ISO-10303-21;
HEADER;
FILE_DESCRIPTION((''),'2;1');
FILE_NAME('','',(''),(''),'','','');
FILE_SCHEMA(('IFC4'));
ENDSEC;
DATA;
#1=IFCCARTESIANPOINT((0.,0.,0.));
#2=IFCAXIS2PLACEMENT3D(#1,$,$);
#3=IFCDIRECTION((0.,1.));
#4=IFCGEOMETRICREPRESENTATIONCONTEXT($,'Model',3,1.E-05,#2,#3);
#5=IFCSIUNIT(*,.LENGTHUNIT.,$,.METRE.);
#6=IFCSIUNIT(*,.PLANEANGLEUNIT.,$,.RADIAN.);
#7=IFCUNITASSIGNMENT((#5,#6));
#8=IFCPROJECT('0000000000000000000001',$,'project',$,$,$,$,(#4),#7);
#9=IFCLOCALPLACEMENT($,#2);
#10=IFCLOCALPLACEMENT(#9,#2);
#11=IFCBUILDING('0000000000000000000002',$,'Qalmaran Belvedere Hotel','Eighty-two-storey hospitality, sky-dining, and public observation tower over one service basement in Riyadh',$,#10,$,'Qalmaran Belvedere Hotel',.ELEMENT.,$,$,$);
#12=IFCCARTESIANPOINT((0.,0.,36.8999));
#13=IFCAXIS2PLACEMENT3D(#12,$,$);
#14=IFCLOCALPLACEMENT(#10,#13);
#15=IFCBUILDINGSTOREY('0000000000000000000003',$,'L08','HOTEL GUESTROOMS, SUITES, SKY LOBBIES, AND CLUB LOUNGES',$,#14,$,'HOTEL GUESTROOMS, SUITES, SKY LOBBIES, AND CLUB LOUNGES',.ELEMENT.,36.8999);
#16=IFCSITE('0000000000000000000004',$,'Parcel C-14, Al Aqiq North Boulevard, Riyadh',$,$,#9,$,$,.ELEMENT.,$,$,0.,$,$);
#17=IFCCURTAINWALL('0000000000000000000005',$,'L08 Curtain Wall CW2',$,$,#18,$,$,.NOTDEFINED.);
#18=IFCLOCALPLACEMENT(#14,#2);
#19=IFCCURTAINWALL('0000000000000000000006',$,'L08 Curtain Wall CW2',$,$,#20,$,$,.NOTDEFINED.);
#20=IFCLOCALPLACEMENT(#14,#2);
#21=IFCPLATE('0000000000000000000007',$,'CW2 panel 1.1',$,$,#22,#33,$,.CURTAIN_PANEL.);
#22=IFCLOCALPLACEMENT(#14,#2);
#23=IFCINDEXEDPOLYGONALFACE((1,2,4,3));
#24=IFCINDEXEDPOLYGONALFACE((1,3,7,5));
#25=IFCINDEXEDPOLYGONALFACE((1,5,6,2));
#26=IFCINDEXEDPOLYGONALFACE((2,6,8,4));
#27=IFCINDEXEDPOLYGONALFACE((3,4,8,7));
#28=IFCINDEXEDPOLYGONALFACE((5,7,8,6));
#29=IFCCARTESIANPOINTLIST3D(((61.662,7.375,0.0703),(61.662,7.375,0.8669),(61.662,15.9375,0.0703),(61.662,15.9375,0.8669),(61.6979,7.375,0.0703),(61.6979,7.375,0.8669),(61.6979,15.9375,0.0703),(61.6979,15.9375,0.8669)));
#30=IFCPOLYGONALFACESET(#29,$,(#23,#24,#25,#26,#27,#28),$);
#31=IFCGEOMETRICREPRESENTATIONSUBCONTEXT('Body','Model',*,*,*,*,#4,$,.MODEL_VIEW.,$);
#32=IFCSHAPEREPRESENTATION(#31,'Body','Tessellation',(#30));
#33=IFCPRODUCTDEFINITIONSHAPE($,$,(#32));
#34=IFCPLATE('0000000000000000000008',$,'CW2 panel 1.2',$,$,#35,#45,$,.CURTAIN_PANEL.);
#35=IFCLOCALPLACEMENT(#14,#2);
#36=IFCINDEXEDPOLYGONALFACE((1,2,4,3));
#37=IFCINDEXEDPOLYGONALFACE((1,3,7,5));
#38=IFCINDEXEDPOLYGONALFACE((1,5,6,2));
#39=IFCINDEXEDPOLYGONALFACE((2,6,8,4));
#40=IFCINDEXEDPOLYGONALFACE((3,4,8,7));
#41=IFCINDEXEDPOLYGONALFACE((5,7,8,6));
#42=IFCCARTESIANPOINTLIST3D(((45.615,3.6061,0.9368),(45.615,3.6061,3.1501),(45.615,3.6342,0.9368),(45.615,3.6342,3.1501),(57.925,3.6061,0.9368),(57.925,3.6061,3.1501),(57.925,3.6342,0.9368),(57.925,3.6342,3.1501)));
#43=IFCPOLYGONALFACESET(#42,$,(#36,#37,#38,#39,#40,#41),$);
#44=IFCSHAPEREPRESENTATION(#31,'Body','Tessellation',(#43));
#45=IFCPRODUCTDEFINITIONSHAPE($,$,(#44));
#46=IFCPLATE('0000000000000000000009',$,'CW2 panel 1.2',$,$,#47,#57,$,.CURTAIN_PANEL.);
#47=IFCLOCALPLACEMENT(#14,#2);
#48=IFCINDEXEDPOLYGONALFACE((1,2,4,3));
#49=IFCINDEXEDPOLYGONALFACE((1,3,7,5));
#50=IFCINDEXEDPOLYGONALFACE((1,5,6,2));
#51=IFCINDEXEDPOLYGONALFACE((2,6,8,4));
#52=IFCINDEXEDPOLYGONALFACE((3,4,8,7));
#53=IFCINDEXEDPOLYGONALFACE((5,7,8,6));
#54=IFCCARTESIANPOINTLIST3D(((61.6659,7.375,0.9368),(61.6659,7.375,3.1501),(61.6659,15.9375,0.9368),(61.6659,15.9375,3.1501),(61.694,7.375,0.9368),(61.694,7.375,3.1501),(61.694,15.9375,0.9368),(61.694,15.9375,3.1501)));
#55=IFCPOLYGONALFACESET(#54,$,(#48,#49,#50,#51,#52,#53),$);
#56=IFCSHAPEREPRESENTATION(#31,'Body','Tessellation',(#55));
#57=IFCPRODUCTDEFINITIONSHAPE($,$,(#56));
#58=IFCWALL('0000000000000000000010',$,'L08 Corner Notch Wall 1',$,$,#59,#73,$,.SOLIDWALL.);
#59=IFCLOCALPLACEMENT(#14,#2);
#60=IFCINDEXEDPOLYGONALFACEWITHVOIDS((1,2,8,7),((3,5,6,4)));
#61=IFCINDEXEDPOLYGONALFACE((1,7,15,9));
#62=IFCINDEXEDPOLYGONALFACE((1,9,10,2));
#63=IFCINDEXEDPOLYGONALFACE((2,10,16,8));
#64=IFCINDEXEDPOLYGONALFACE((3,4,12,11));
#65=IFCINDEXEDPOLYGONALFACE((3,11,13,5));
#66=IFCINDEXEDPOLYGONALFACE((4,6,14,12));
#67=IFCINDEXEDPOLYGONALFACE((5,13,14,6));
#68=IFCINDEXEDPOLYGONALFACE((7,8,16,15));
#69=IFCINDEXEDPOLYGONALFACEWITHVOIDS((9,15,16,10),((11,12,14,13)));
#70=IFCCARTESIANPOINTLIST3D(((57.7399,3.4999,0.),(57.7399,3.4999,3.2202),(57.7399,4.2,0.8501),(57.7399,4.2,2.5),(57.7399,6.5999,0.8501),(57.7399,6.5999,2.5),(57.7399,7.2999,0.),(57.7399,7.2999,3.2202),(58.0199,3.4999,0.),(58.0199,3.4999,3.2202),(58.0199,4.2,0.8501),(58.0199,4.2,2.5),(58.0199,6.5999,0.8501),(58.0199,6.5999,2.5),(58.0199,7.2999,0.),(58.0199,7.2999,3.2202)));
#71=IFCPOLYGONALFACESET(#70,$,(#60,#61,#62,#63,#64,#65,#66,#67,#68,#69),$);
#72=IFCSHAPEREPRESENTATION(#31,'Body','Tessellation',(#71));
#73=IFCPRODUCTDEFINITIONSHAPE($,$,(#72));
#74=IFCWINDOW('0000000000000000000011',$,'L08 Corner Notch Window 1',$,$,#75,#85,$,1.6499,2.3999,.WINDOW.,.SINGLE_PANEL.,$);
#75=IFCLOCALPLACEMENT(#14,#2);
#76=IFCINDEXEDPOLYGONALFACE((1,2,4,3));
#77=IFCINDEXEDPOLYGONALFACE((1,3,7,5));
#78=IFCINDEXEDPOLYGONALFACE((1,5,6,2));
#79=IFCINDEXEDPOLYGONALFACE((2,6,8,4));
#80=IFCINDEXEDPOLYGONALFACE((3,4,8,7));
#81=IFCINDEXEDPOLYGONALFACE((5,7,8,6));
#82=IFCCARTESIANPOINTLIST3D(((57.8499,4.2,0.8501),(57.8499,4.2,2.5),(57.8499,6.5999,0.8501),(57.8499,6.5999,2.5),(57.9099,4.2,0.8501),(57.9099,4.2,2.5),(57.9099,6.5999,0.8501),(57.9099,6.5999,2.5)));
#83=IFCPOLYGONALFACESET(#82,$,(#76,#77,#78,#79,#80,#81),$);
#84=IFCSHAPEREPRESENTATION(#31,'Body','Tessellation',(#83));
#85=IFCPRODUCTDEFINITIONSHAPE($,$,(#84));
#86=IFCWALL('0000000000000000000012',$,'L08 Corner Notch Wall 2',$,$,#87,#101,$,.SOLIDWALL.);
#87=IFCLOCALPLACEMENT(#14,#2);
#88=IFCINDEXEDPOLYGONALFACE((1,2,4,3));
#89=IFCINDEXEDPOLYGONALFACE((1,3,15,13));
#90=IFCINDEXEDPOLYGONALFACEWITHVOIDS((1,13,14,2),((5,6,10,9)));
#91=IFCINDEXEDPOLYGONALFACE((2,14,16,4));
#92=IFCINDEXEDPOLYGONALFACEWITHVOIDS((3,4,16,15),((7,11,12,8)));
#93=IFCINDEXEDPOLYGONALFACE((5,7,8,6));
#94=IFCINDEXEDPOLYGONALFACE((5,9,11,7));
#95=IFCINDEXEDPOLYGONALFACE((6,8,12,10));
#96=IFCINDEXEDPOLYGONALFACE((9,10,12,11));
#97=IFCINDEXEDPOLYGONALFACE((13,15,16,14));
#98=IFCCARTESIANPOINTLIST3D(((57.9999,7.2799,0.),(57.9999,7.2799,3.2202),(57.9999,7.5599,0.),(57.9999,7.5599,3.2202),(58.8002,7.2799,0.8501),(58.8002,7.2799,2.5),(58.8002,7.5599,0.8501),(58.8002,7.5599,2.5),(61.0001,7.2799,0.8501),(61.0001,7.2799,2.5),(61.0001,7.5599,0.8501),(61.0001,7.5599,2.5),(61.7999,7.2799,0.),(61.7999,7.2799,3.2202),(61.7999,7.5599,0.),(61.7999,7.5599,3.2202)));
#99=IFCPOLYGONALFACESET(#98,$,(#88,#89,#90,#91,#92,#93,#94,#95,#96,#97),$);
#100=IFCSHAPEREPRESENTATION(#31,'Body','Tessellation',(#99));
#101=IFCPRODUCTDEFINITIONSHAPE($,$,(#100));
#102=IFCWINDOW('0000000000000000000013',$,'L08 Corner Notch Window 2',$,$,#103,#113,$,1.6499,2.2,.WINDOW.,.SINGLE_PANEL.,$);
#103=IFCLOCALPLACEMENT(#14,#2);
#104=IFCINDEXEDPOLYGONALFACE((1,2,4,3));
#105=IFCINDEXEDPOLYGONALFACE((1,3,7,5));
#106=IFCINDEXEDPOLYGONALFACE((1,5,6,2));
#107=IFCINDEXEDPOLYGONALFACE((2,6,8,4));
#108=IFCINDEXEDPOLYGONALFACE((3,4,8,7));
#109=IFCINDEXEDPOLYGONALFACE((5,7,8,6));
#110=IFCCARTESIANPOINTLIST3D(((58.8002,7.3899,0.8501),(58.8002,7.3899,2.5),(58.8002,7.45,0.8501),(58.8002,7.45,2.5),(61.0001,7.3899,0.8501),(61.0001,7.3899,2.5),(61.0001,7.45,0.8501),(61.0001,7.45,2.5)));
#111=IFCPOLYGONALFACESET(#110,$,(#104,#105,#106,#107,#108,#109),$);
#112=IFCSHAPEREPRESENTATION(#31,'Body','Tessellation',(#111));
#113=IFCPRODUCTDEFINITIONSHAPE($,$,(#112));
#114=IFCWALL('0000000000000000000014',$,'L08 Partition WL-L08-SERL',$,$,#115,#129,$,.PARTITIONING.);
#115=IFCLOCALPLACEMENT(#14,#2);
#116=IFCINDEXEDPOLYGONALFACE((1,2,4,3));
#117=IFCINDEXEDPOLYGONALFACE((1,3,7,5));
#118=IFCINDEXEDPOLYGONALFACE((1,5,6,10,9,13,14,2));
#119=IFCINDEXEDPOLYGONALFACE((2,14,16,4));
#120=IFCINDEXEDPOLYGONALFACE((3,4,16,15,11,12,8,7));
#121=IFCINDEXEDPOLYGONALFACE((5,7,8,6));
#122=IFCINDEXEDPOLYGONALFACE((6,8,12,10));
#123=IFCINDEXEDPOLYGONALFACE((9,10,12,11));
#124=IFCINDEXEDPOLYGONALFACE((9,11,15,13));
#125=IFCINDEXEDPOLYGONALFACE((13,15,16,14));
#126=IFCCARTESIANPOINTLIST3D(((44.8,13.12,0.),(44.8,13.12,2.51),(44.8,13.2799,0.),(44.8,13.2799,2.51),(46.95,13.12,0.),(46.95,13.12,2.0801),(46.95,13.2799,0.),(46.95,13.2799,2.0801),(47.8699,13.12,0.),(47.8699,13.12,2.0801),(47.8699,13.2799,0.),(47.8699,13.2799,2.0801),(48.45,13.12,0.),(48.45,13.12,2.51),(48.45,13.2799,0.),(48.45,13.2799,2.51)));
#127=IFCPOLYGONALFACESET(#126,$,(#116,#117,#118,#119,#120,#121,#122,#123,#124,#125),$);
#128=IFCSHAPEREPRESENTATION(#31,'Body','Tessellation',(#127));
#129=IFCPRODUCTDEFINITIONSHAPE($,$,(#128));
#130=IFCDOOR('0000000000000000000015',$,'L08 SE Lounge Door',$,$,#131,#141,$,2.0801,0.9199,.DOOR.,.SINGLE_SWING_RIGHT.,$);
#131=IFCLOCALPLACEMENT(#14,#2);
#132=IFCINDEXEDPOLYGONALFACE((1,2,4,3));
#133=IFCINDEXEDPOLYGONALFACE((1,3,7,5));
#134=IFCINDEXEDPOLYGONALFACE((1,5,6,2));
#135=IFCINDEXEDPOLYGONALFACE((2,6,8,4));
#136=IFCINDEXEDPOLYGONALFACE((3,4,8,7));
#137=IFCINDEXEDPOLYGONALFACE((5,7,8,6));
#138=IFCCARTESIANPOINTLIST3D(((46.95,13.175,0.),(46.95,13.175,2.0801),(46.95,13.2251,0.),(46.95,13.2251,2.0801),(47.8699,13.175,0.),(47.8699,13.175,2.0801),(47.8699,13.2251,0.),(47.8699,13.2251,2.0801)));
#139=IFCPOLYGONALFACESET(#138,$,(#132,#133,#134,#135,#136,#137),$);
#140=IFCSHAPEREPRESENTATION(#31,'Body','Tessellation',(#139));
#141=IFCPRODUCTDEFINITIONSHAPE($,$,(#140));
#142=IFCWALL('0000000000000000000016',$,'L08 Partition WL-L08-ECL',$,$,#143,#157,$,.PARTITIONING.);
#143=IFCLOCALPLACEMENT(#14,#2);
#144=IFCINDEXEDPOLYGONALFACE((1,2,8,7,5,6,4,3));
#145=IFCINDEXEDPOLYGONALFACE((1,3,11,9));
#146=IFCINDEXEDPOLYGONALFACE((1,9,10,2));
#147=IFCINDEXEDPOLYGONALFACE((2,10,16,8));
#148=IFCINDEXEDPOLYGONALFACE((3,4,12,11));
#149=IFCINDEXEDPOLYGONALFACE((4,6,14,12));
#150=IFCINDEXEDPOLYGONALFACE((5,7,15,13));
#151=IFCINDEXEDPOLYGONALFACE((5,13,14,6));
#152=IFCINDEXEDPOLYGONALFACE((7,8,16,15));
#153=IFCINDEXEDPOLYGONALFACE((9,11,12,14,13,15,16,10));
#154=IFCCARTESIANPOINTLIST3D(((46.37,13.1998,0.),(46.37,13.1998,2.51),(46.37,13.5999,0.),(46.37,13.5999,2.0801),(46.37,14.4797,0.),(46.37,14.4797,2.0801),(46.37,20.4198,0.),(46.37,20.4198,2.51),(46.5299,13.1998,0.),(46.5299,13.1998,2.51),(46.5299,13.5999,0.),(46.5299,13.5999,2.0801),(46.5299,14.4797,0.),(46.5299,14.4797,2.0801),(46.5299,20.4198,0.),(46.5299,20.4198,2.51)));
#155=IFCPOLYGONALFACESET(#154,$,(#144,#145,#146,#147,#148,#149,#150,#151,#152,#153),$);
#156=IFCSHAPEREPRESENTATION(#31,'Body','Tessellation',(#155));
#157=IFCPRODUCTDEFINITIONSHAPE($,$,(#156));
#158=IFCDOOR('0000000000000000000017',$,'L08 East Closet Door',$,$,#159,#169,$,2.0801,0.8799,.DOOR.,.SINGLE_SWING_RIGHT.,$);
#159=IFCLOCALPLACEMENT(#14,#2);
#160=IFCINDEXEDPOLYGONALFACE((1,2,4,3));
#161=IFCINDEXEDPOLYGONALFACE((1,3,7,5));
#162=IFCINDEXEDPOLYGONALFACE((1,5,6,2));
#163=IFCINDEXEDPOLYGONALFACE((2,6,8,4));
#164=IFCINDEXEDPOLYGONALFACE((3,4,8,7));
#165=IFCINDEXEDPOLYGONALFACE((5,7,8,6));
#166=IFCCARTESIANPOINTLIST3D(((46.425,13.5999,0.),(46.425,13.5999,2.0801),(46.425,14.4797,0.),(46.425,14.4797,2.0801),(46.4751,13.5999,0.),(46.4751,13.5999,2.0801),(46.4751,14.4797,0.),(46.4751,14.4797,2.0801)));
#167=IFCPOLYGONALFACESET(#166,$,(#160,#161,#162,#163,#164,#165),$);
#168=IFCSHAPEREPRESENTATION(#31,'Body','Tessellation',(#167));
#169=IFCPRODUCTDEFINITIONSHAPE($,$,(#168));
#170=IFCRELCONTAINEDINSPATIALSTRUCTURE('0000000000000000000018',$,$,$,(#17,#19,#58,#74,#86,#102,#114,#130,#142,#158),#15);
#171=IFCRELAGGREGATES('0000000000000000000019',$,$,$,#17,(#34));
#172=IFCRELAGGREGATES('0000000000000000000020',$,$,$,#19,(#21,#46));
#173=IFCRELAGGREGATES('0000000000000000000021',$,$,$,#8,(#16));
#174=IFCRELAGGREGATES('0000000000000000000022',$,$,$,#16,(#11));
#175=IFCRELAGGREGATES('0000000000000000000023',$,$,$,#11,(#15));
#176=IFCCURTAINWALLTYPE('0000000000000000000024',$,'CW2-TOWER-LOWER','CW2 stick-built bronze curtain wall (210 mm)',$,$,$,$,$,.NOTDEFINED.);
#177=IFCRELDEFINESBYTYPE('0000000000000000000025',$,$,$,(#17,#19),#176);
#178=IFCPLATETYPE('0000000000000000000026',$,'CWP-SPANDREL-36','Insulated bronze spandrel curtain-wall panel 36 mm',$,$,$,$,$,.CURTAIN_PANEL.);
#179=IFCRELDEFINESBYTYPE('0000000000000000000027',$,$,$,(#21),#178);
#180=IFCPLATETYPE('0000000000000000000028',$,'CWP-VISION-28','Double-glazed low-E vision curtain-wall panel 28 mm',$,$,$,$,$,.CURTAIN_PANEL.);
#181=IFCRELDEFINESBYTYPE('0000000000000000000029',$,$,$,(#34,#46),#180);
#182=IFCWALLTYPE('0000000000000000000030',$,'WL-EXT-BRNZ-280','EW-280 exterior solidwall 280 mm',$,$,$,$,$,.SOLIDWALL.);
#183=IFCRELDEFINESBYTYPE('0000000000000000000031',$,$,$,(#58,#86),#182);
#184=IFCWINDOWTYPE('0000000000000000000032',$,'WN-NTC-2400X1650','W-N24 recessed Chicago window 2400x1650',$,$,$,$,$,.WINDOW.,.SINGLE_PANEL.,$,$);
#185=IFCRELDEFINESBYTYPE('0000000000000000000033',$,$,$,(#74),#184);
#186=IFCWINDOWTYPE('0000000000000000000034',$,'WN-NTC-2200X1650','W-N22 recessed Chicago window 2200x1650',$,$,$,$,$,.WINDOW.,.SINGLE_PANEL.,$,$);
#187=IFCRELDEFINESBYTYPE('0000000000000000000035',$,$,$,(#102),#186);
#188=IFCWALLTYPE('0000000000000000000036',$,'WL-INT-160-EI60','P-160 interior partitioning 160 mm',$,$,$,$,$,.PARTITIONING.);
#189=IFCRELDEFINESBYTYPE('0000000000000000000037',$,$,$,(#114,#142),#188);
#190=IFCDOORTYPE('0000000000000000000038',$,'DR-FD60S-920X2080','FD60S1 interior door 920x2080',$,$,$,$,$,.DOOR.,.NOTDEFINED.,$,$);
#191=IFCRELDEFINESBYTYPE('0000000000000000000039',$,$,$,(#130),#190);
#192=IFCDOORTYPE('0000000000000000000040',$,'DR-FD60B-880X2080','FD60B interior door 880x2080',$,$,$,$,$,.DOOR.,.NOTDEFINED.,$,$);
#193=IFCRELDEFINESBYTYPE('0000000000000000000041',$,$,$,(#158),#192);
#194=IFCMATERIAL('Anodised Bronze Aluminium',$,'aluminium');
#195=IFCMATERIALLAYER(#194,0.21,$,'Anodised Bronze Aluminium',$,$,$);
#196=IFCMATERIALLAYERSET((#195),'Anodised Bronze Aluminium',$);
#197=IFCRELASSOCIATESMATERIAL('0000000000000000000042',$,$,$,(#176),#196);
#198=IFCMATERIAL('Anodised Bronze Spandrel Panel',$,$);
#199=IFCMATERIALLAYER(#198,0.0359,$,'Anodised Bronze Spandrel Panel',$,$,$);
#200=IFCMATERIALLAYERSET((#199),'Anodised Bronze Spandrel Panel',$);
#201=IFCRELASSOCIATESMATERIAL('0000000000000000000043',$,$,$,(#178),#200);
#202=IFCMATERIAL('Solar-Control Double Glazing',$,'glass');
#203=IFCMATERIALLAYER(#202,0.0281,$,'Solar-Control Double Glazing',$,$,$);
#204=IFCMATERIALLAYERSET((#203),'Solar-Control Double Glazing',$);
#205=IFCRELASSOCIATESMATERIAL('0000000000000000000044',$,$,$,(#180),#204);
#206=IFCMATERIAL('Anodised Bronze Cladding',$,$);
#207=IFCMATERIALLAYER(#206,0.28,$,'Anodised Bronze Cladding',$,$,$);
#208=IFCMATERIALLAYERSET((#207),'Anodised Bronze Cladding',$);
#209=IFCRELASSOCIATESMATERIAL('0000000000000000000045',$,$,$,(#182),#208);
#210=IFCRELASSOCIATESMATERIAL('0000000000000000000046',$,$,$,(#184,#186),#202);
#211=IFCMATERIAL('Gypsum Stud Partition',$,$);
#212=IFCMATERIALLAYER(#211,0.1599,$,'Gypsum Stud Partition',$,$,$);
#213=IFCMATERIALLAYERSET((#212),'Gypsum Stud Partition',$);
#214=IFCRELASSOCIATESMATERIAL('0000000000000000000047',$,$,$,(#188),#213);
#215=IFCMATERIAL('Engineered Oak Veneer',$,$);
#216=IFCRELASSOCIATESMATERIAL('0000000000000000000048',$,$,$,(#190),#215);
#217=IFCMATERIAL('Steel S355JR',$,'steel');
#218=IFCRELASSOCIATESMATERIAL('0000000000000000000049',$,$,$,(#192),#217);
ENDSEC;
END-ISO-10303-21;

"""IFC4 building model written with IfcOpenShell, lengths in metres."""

from ifc_helpers import new_model, si_unit, direction, frame, frame_2d, origin, origin_2d, place, context, subcontext, project, spatial, rectangle, extrude, material, layer, layer_set, type_object, element, fill, aggregate, save


model = new_model("IFC4")

# Units and contexts
model_context = context("Model", 3, precision=1e-05, world=origin(), true_north=direction((0.0, 1.0)))
body_context = subcontext(model_context, "Body", "Model", "MODEL_VIEW")
ifc_project = project(units=[si_unit("LENGTHUNIT", "METRE"), si_unit("PLANEANGLEUNIT", "RADIAN")], contexts=[model_context])

# Site, building, storey
site_placement = place(None, origin())
site = spatial("IfcSite", under=ifc_project, at=site_placement, Name="Parcel C-14, Al Aqiq North Boulevard, Riyadh", CompositionType="ELEMENT", RefElevation=0.0)
building_placement = place(site_placement, origin())
building = spatial("IfcBuilding", under=site, at=building_placement, Name="Qalmaran Belvedere Hotel", Description="Eighty-two-storey hospitality, sky-dining, and public observation tower over one service basement in Riyadh", LongName="Qalmaran Belvedere Hotel", CompositionType="ELEMENT")
storey_placement = place(building_placement, frame((0.0, 0.0, 36.8999)))
storey = spatial("IfcBuildingStorey", under=building, at=storey_placement, Name="L08", Description="HOTEL GUESTROOMS, SUITES, SKY LOBBIES, AND CLUB LOUNGES", LongName="HOTEL GUESTROOMS, SUITES, SKY LOBBIES, AND CLUB LOUNGES", CompositionType="ELEMENT", Elevation=36.8999)

# Shared definitions
ifc_material_1 = material(Name="Steel S355JR", Category="steel")

# Curtain wall
ifc_material_2 = material(Name="Anodised Bronze Aluminium", Category="aluminium")
ifc_layer_1 = layer(ifc_material_2, 0.21, Name="Anodised Bronze Aluminium")
ifc_layer_set_1 = layer_set([ifc_layer_1], Name="Anodised Bronze Aluminium")
curtain_wall_type = type_object("IfcCurtainWallType", Name="CW2-TOWER-LOWER", Description="CW2 stick-built bronze curtain wall (210 mm)", PredefinedType="NOTDEFINED", material=ifc_layer_set_1)
curtain_wall_1_placement = place(storey_placement, origin())
curtain_wall_1 = element("IfcCurtainWall", 1, at=curtain_wall_1_placement, inside=storey, type_object=curtain_wall_type, Name="L08 Curtain Wall CW2", PredefinedType="NOTDEFINED")

# Curtain wall
curtain_wall_2_placement = place(storey_placement, origin())
curtain_wall_2 = element("IfcCurtainWall", 2, at=curtain_wall_2_placement, inside=storey, type_object=curtain_wall_type, Name="L08 Curtain Wall CW2", PredefinedType="NOTDEFINED")

# Plates
ifc_material_3 = material(Name="Anodised Bronze Spandrel Panel")
ifc_layer_2 = layer(ifc_material_3, 0.0359, Name="Anodised Bronze Spandrel Panel")
ifc_layer_set_2 = layer_set([ifc_layer_2], Name="Anodised Bronze Spandrel Panel")
plate_type_1 = type_object("IfcPlateType", Name="CWP-SPANDREL-36", Description="Insulated bronze spandrel curtain-wall panel 36 mm", PredefinedType="CURTAIN_PANEL", material=ifc_layer_set_2)
plate_1_placement = place(storey_placement, frame((61.6799, 11.6562, 0.0703), z_axis=(0.0, 0.0, 1.0), x_axis=(0.0, 1.0, 0.0)))
plate_1 = element("IfcPlate", 3, at=plate_1_placement, type_object=plate_type_1, Name="CW2 panel 1.1", PredefinedType="CURTAIN_PANEL", context=body_context, shape_type="SweptSolid", body=[
    extrude(rectangle(XDim=8.5625, YDim=0.0359, at=origin_2d()), origin(), (0.0, 0.0, 1.0), 0.7966),
])
ifc_material_4 = material(Name="Solar-Control Double Glazing", Category="glass")
ifc_layer_3 = layer(ifc_material_4, 0.0281, Name="Solar-Control Double Glazing")
ifc_layer_set_3 = layer_set([ifc_layer_3], Name="Solar-Control Double Glazing")
plate_type_2 = type_object("IfcPlateType", Name="CWP-VISION-28", Description="Double-glazed low-E vision curtain-wall panel 28 mm", PredefinedType="CURTAIN_PANEL", material=ifc_layer_set_3)
plate_2_placement = place(storey_placement, frame((51.77, 3.6201, 0.9368), z_axis=(0.0, 0.0, 1.0), x_axis=(1.0, 0.0, 0.0)))
plate_2 = element("IfcPlate", 4, at=plate_2_placement, type_object=plate_type_2, Name="CW2 panel 1.2", PredefinedType="CURTAIN_PANEL", context=body_context, shape_type="SweptSolid", body=[
    extrude(rectangle(XDim=12.3101, YDim=0.0281, at=origin_2d()), origin(), (0.0, 0.0, 1.0), 2.2134),
])
aggregate(curtain_wall_1, [plate_2])
plate_3_placement = place(storey_placement, frame((61.6799, 11.6562, 0.9368), z_axis=(0.0, 0.0, 1.0), x_axis=(0.0, 1.0, 0.0)))
plate_3 = element("IfcPlate", 5, at=plate_3_placement, type_object=plate_type_2, Name="CW2 panel 1.2", PredefinedType="CURTAIN_PANEL", context=body_context, shape_type="SweptSolid", body=[
    extrude(rectangle(XDim=8.5625, YDim=0.0281, at=origin_2d()), origin(), (0.0, 0.0, 1.0), 2.2134),
])
aggregate(curtain_wall_2, [plate_1, plate_3])

# Walls, openings, windows
ifc_material_5 = material(Name="Anodised Bronze Cladding")
ifc_layer_4 = layer(ifc_material_5, 0.28, Name="Anodised Bronze Cladding")
ifc_layer_set_4 = layer_set([ifc_layer_4], Name="Anodised Bronze Cladding")
wall_type_1 = type_object("IfcWallType", Name="WL-EXT-BRNZ-280", Description="EW-280 exterior solidwall 280 mm", PredefinedType="SOLIDWALL", material=ifc_layer_set_4)
wall_1_placement = place(storey_placement, frame((57.8799, 3.5, 0.0), z_axis=(0.0, 0.0, 1.0), x_axis=(0.0, 1.0, 0.0)))
wall_1 = element("IfcWall", 6, at=wall_1_placement, inside=storey, type_object=wall_type_1, Name="L08 Corner Notch Wall 1", PredefinedType="SOLIDWALL", context=body_context, shape_type="SweptSolid", body=[
    extrude(rectangle(XDim=3.8, YDim=0.28, at=frame_2d((1.8999, 0.0))), origin(), (0.0, 0.0, 1.0), 3.2202),
])
opening_1_placement = place(wall_1_placement, frame((0.7, 0.0, 0.8501)))
opening_1 = element("IfcOpeningElement", 7, at=opening_1_placement, cuts=wall_1, PredefinedType="OPENING", context=body_context, shape_type="SweptSolid", body=[
    extrude(rectangle(XDim=2.3999, YDim=1.6499, at=frame_2d((1.2, 0.825))), frame((0.0, 0.1499, 0.0), z_axis=(0.0, -1.0, 0.0), x_axis=(1.0, 0.0, 0.0)), (0.0, 0.0, 1.0), 0.3),
])
window_type_1 = type_object("IfcWindowType", Name="WN-NTC-2400X1650", Description="W-N24 recessed Chicago window 2400x1650", PartitioningType="SINGLE_PANEL", PredefinedType="WINDOW", material=ifc_material_4)
window_1_placement = place(opening_1_placement, origin())
window_1 = element("IfcWindow", 8, at=window_1_placement, inside=storey, type_object=window_type_1, Name="L08 Corner Notch Window 1", OverallHeight=1.6499, OverallWidth=2.3999, PartitioningType="SINGLE_PANEL", PredefinedType="WINDOW", context=body_context, shape_type="SweptSolid", body=[
    extrude(rectangle(XDim=2.3999, YDim=1.6499, at=frame_2d((1.2, 0.825))), frame((0.0, 0.03, 0.0), z_axis=(0.0, -1.0, 0.0), x_axis=(1.0, 0.0, 0.0)), (0.0, 0.0, 1.0), 0.0601),
])
fill(opening_1, window_1)
wall_2_placement = place(storey_placement, frame((58.0, 7.4199, 0.0), z_axis=(0.0, 0.0, 1.0), x_axis=(1.0, 0.0, 0.0)))
wall_2 = element("IfcWall", 9, at=wall_2_placement, inside=storey, type_object=wall_type_1, Name="L08 Corner Notch Wall 2", PredefinedType="SOLIDWALL", context=body_context, shape_type="SweptSolid", body=[
    extrude(rectangle(XDim=3.8, YDim=0.28, at=frame_2d((1.8999, 0.0))), origin(), (0.0, 0.0, 1.0), 3.2202),
])
opening_2_placement = place(wall_2_placement, frame((0.8, 0.0, 0.8501)))
opening_2 = element("IfcOpeningElement", 10, at=opening_2_placement, cuts=wall_2, PredefinedType="OPENING", context=body_context, shape_type="SweptSolid", body=[
    extrude(rectangle(XDim=2.2, YDim=1.6499, at=frame_2d((1.1001, 0.825))), frame((0.0, 0.1499, 0.0), z_axis=(0.0, -1.0, 0.0), x_axis=(1.0, 0.0, 0.0)), (0.0, 0.0, 1.0), 0.3),
])
window_type_2 = type_object("IfcWindowType", Name="WN-NTC-2200X1650", Description="W-N22 recessed Chicago window 2200x1650", PartitioningType="SINGLE_PANEL", PredefinedType="WINDOW", material=ifc_material_4)
window_2_placement = place(opening_2_placement, origin())
window_2 = element("IfcWindow", 11, at=window_2_placement, inside=storey, type_object=window_type_2, Name="L08 Corner Notch Window 2", OverallHeight=1.6499, OverallWidth=2.2, PartitioningType="SINGLE_PANEL", PredefinedType="WINDOW", context=body_context, shape_type="SweptSolid", body=[
    extrude(rectangle(XDim=2.2, YDim=1.6499, at=frame_2d((1.1001, 0.825))), frame((0.0, 0.03, 0.0), z_axis=(0.0, -1.0, 0.0), x_axis=(1.0, 0.0, 0.0)), (0.0, 0.0, 1.0), 0.0601),
])
fill(opening_2, window_2)

# Walls, openings, doors
ifc_material_6 = material(Name="Gypsum Stud Partition")
ifc_layer_5 = layer(ifc_material_6, 0.1599, Name="Gypsum Stud Partition")
ifc_layer_set_5 = layer_set([ifc_layer_5], Name="Gypsum Stud Partition")
wall_type_2 = type_object("IfcWallType", Name="WL-INT-160-EI60", Description="P-160 interior partitioning 160 mm", PredefinedType="PARTITIONING", material=ifc_layer_set_5)
wall_3_placement = place(storey_placement, frame((44.8, 13.2, 0.0), z_axis=(0.0, 0.0, 1.0), x_axis=(1.0, 0.0, 0.0)))
wall_3 = element("IfcWall", 12, at=wall_3_placement, inside=storey, type_object=wall_type_2, Name="L08 Partition WL-L08-SERL", PredefinedType="PARTITIONING", context=body_context, shape_type="SweptSolid", body=[
    extrude(rectangle(XDim=3.6499, YDim=0.1599, at=frame_2d((1.825, 0.0))), origin(), (0.0, 0.0, 1.0), 2.51),
])
opening_3_placement = place(wall_3_placement, frame((3.0698, 0.0, 0.0), z_axis=(0.0, 0.0, 1.0), x_axis=(-1.0, 0.0, 0.0)))
opening_3 = element("IfcOpeningElement", 13, at=opening_3_placement, cuts=wall_3, PredefinedType="OPENING", context=body_context, shape_type="SweptSolid", body=[
    extrude(rectangle(XDim=0.9199, YDim=2.0801, at=frame_2d((0.46, 1.04))), frame((0.0, 0.0898, 0.0), z_axis=(0.0, -1.0, 0.0), x_axis=(1.0, 0.0, 0.0)), (0.0, 0.0, 1.0), 0.1799),
])
ifc_material_7 = material(Name="Engineered Oak Veneer")
door_type_1 = type_object("IfcDoorType", Name="DR-FD60S-920X2080", Description="FD60S1 interior door 920x2080", OperationType="NOTDEFINED", PredefinedType="DOOR", material=ifc_material_7)
door_1_placement = place(opening_3_placement, origin())
door_1 = element("IfcDoor", 14, at=door_1_placement, inside=storey, type_object=door_type_1, Name="L08 SE Lounge Door", OperationType="SINGLE_SWING_RIGHT", OverallHeight=2.0801, OverallWidth=0.9199, PredefinedType="DOOR", context=body_context, shape_type="SweptSolid", body=[
    extrude(rectangle(XDim=0.9199, YDim=2.0801, at=frame_2d((0.46, 1.04))), frame((0.0, 0.0249, 0.0), z_axis=(0.0, -1.0, 0.0), x_axis=(1.0, 0.0, 0.0)), (0.0, 0.0, 1.0), 0.05),
])
fill(opening_3, door_1)
wall_4_placement = place(storey_placement, frame((46.45, 13.2, 0.0), z_axis=(0.0, 0.0, 1.0), x_axis=(0.0, 1.0, 0.0)))
wall_4 = element("IfcWall", 15, at=wall_4_placement, inside=storey, type_object=wall_type_2, Name="L08 Partition WL-L08-ECL", PredefinedType="PARTITIONING", context=body_context, shape_type="SweptSolid", body=[
    extrude(rectangle(XDim=7.22, YDim=0.1599, at=frame_2d((3.6099, 0.0))), origin(), (0.0, 0.0, 1.0), 2.51),
])
opening_4_placement = place(wall_4_placement, frame((0.3999, 0.0, 0.0)))
opening_4 = element("IfcOpeningElement", 16, at=opening_4_placement, cuts=wall_4, PredefinedType="OPENING", context=body_context, shape_type="SweptSolid", body=[
    extrude(rectangle(XDim=0.8799, YDim=2.0801, at=frame_2d((0.4399, 1.04))), frame((0.0, 0.0898, 0.0), z_axis=(0.0, -1.0, 0.0), x_axis=(1.0, 0.0, 0.0)), (0.0, 0.0, 1.0), 0.1799),
])
door_type_2 = type_object("IfcDoorType", Name="DR-FD60B-880X2080", Description="FD60B interior door 880x2080", OperationType="NOTDEFINED", PredefinedType="DOOR", material=ifc_material_1)
door_2_placement = place(opening_4_placement, origin())
door_2 = element("IfcDoor", 17, at=door_2_placement, inside=storey, type_object=door_type_2, Name="L08 East Closet Door", OperationType="SINGLE_SWING_RIGHT", OverallHeight=2.0801, OverallWidth=0.8799, PredefinedType="DOOR", context=body_context, shape_type="SweptSolid", body=[
    extrude(rectangle(XDim=0.8799, YDim=2.0801, at=frame_2d((0.4399, 1.04))), frame((0.0, 0.0249, 0.0), z_axis=(0.0, -1.0, 0.0), x_axis=(1.0, 0.0, 0.0)), (0.0, 0.0, 1.0), 0.05),
])
fill(opening_4, door_2)

save(model, "model.ifc")
